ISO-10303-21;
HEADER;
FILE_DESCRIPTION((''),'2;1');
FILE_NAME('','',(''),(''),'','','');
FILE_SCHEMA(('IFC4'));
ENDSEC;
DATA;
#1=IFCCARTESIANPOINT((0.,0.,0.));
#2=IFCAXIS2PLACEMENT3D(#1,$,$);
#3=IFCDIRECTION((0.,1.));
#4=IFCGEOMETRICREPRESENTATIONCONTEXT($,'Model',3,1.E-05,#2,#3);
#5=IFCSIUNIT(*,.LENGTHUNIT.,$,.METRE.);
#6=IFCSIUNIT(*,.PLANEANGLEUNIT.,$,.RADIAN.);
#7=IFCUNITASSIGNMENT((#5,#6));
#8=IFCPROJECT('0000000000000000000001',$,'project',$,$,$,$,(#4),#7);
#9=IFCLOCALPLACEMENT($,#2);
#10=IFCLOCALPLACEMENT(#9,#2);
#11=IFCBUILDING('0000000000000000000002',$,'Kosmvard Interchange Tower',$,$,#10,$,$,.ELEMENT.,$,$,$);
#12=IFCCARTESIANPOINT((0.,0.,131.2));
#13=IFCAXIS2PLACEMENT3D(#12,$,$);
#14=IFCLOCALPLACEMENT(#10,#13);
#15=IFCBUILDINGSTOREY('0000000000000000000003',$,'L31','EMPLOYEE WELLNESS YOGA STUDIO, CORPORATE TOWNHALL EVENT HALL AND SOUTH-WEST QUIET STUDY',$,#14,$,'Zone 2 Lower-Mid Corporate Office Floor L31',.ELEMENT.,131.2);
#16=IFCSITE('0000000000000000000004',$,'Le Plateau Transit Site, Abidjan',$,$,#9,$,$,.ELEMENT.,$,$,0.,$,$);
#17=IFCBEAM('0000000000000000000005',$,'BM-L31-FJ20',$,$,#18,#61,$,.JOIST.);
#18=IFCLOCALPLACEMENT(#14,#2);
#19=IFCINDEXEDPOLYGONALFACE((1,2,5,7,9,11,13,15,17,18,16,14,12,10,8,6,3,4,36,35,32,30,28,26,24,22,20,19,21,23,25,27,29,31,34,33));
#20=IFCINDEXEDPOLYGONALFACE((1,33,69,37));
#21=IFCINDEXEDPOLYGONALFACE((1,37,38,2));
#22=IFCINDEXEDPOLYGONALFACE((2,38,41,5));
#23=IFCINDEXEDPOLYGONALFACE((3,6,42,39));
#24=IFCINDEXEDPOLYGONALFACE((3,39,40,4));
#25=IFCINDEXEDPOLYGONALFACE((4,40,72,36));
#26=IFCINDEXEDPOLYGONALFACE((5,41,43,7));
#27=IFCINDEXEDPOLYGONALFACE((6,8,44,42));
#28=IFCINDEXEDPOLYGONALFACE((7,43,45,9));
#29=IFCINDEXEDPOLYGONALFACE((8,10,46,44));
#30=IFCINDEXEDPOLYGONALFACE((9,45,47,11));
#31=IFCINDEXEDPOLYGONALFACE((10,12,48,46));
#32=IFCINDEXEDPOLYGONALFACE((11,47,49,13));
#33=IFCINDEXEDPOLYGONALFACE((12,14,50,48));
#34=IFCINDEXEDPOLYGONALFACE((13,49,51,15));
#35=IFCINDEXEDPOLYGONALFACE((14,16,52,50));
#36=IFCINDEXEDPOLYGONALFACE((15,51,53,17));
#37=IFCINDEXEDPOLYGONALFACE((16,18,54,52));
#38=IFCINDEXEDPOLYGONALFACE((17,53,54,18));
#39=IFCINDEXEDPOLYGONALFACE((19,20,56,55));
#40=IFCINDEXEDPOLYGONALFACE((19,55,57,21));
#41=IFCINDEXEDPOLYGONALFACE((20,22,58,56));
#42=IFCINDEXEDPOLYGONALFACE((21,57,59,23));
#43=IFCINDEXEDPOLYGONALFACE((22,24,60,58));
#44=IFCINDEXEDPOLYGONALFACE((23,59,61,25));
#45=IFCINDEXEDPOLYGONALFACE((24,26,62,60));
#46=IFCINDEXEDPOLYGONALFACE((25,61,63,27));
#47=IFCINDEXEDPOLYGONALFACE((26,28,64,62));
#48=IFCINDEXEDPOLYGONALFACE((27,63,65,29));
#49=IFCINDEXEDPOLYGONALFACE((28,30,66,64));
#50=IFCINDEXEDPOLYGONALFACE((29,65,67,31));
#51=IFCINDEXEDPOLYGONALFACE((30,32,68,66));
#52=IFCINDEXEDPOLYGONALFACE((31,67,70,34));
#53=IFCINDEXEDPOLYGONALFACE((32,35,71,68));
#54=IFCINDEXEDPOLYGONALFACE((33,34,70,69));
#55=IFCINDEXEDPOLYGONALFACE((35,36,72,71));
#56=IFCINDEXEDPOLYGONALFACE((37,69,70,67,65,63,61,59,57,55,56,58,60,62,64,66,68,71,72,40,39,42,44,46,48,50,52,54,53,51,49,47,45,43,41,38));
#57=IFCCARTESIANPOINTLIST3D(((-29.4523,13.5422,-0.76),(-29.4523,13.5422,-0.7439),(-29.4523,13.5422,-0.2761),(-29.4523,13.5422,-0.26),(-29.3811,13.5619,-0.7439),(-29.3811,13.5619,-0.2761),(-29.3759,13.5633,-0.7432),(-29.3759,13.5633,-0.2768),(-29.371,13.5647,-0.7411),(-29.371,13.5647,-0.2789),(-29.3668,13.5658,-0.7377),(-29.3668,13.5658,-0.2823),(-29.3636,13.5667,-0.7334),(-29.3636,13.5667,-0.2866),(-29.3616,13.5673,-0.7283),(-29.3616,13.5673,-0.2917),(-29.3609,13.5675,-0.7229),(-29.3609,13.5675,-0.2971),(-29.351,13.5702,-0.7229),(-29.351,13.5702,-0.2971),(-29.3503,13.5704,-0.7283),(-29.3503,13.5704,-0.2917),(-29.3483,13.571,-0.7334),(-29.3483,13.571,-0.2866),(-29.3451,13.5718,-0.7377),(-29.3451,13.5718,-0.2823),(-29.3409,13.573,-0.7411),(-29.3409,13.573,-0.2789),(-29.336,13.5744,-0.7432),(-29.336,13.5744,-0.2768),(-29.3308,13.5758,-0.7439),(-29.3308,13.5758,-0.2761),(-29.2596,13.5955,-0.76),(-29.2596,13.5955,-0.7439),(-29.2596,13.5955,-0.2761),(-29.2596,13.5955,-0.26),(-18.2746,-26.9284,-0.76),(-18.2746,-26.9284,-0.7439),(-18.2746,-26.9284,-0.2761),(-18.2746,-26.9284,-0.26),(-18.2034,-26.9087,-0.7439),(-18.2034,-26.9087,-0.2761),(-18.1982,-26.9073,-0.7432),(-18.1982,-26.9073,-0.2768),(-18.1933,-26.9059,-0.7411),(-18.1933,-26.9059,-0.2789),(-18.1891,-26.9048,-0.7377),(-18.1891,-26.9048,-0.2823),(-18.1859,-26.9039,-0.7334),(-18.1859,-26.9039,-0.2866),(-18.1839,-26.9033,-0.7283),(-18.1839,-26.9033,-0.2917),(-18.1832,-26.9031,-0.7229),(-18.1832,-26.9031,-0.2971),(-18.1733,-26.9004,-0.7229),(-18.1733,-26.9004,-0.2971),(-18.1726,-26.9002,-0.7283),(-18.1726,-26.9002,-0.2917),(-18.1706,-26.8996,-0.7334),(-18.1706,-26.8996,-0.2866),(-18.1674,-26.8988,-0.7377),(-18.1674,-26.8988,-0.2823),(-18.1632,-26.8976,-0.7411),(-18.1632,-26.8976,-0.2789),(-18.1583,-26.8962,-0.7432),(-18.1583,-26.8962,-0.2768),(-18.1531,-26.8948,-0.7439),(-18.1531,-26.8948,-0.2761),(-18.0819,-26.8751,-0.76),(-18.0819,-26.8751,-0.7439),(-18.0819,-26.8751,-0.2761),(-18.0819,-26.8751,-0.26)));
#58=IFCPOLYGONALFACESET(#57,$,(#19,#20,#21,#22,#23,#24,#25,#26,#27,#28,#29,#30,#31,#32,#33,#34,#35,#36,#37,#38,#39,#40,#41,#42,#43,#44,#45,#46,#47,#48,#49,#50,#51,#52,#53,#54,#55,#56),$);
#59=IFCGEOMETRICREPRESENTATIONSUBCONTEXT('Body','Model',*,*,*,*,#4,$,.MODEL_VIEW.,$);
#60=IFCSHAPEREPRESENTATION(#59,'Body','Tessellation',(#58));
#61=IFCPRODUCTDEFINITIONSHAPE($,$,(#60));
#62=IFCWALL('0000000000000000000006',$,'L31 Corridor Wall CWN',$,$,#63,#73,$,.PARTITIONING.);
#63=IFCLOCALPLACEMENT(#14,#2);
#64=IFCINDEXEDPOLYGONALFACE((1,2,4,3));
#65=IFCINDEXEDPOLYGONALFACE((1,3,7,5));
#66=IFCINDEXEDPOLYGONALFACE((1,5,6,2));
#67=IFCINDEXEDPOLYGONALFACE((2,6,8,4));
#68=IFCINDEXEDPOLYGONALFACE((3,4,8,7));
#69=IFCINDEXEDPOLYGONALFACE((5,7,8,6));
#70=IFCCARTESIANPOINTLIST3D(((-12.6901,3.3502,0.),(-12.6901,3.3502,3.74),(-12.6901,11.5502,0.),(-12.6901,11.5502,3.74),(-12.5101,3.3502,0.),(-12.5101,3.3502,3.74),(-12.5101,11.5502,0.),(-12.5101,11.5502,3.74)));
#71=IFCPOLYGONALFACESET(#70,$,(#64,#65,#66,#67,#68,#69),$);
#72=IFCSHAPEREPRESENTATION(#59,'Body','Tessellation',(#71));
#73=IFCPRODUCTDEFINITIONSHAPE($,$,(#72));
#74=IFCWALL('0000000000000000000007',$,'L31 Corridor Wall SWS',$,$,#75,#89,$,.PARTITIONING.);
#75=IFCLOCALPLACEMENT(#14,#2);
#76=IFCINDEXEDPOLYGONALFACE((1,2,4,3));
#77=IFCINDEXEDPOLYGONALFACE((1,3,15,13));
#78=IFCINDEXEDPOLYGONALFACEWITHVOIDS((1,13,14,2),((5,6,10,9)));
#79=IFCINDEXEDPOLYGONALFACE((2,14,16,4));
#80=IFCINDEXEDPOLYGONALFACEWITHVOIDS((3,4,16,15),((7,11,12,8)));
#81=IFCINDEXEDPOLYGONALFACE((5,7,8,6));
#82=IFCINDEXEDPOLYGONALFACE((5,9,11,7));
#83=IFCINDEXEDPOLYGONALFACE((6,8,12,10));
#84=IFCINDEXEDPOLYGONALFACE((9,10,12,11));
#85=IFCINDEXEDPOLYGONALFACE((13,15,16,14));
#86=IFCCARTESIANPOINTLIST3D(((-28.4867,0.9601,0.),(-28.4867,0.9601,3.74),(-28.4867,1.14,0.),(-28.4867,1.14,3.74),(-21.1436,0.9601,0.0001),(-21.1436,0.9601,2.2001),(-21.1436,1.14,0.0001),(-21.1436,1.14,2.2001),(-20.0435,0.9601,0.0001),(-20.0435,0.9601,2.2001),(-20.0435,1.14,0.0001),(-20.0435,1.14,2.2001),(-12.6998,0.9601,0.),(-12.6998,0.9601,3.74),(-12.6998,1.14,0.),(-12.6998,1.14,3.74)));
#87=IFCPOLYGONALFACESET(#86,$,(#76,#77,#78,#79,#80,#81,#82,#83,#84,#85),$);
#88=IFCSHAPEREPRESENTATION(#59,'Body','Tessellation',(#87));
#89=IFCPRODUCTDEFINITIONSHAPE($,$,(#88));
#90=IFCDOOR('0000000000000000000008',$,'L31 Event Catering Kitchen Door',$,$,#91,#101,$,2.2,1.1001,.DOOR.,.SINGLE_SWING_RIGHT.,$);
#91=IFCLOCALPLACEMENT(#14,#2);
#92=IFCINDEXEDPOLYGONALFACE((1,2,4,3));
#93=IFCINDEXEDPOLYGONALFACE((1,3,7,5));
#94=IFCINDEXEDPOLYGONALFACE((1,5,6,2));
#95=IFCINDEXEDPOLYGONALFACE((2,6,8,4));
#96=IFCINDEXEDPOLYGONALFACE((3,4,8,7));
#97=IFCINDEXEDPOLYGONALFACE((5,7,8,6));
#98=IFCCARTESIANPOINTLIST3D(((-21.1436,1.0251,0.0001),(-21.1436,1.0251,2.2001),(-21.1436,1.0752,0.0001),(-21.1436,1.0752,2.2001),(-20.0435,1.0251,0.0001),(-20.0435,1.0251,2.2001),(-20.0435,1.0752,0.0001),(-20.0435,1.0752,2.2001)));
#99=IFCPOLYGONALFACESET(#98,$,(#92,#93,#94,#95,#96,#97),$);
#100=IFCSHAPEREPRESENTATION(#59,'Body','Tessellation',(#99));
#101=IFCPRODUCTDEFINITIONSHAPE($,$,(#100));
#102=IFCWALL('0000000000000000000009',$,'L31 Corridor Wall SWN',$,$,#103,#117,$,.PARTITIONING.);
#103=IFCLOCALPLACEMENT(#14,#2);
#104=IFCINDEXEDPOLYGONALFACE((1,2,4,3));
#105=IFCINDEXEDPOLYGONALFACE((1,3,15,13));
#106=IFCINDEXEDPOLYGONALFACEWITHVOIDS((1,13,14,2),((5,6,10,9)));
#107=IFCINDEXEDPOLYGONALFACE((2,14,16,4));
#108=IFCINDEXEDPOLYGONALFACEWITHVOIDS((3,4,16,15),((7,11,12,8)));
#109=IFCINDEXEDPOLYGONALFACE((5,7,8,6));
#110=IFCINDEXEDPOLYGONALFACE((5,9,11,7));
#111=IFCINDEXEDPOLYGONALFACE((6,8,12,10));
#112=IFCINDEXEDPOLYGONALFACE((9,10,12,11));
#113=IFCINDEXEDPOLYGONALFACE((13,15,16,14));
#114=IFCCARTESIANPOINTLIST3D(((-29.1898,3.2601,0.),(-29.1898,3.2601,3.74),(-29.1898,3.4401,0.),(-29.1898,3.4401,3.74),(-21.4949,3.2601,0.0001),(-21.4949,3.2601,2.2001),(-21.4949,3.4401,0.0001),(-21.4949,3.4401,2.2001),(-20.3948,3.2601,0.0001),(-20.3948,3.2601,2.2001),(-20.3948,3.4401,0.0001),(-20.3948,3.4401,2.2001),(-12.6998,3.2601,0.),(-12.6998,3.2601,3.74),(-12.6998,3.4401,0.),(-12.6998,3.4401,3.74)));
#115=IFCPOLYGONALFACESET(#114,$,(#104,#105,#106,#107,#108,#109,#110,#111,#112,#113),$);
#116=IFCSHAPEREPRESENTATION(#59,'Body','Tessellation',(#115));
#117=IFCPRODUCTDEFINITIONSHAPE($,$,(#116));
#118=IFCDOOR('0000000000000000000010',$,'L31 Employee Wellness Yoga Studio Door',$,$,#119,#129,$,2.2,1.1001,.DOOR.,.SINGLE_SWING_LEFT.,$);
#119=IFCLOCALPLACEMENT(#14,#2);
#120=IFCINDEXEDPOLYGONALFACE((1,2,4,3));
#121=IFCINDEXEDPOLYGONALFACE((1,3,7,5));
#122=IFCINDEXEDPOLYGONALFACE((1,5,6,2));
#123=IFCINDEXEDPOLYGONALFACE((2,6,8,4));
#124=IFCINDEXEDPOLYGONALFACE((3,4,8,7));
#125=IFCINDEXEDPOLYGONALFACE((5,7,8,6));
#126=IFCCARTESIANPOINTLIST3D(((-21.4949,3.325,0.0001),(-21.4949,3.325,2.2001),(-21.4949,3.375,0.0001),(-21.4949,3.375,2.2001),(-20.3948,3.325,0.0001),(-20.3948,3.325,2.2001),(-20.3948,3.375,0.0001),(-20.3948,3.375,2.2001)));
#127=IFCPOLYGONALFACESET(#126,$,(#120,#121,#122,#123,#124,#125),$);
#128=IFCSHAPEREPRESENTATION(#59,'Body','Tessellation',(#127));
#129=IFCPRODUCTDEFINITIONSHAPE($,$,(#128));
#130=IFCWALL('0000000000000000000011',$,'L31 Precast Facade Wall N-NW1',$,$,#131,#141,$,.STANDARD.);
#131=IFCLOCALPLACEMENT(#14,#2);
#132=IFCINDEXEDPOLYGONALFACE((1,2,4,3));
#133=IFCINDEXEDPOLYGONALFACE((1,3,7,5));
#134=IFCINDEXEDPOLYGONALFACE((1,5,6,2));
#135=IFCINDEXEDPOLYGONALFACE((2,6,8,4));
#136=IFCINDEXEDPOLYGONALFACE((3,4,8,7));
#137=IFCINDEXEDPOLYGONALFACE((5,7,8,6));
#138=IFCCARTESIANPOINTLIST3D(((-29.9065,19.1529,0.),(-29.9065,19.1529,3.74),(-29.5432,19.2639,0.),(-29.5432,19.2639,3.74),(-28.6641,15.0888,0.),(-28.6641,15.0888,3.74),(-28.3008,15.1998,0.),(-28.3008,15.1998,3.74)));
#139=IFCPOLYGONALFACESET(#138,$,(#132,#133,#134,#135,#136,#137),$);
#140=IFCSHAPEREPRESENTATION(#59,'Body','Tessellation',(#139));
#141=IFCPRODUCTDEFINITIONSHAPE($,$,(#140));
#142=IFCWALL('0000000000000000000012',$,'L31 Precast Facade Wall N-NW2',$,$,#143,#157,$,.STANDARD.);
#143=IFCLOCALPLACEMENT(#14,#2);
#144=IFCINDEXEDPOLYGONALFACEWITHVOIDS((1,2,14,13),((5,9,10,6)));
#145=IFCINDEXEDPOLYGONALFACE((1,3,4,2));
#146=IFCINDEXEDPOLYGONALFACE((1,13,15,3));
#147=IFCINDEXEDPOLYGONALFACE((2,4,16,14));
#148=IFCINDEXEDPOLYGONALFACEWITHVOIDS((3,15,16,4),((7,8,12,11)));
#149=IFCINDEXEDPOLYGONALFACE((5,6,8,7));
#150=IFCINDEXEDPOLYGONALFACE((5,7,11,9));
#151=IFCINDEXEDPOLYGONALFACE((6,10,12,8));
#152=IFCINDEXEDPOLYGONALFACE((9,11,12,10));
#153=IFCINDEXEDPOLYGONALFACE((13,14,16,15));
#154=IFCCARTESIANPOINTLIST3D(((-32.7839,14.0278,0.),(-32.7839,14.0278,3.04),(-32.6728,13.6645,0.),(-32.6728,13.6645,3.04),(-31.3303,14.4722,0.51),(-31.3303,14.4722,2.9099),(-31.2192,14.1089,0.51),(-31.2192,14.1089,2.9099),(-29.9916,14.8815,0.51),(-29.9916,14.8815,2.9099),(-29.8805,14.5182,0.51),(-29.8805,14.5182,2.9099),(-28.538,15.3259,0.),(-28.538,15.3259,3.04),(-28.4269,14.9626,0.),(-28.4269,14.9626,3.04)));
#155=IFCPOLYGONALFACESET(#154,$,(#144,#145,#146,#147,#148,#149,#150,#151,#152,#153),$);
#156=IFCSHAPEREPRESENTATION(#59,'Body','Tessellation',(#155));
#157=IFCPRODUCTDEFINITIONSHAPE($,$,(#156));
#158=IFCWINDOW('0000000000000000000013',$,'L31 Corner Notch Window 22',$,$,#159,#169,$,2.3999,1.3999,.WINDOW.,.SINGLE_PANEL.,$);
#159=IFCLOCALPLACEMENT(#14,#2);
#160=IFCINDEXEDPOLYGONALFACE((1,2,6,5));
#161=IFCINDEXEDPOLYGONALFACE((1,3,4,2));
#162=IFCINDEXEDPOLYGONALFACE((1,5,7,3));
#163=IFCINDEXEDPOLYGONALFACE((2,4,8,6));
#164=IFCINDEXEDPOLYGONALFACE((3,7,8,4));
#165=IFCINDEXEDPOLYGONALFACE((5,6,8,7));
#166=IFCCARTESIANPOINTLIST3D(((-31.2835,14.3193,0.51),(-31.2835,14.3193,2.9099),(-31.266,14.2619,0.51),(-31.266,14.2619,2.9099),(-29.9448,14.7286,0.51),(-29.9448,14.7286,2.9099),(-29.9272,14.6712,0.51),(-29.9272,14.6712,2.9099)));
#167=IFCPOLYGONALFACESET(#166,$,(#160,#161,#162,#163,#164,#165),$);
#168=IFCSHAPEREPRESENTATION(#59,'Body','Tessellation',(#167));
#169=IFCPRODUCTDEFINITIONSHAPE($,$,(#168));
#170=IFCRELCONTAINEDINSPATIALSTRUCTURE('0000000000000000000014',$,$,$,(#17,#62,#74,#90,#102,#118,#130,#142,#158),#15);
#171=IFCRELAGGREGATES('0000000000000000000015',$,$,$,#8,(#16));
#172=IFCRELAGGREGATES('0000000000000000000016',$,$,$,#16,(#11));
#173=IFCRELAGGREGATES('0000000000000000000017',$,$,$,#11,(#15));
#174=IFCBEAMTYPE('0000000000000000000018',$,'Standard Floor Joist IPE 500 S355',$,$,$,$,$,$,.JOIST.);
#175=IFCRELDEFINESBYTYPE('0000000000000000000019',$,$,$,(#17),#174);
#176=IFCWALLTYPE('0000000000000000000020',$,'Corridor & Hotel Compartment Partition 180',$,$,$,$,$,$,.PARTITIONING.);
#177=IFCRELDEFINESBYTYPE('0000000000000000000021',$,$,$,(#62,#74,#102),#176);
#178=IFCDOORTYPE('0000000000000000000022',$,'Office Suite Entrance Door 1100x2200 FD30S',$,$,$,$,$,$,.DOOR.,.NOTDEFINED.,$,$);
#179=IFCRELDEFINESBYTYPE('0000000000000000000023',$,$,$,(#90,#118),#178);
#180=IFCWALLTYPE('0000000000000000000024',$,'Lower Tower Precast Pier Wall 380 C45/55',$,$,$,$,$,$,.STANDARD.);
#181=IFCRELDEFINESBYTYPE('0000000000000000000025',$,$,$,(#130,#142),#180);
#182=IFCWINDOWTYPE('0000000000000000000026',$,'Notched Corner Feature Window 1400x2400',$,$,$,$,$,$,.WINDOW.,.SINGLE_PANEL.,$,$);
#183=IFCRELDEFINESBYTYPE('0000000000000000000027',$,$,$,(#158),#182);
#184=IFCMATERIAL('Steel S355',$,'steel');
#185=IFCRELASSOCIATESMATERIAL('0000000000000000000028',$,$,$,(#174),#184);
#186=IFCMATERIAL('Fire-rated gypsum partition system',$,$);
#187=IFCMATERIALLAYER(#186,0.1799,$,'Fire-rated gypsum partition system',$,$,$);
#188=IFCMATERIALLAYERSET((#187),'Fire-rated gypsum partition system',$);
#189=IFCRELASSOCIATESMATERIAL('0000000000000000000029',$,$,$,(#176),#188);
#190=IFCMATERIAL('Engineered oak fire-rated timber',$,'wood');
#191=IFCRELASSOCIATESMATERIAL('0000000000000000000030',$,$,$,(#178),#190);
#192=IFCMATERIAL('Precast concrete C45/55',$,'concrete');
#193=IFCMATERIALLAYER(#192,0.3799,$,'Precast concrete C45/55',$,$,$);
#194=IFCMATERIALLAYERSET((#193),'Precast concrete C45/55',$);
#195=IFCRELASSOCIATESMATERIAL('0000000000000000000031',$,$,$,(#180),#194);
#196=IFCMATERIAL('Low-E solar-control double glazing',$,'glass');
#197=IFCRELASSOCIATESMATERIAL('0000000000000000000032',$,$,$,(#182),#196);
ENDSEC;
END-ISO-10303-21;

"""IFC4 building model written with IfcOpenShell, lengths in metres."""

from ifc_helpers import new_model, si_unit, direction, frame, frame_2d, origin, origin_2d, place, context, subcontext, project, spatial, rectangle, i_section, extrude, source, transform, mapped, material, layer, layer_set, material_profile, profile_set, type_object, element, fill, save


model = new_model("IFC4")

# Units and contexts
model_context = context("Model", 3, precision=1e-05, world=origin(), true_north=direction((0.0, 1.0)))
body_context = subcontext(model_context, "Body", "Model", "MODEL_VIEW")
ifc_project = project(units=[si_unit("LENGTHUNIT", "METRE"), si_unit("PLANEANGLEUNIT", "RADIAN")], contexts=[model_context])

# Site, building, storey
site_placement = place(None, origin())
site = spatial("IfcSite", under=ifc_project, at=site_placement, Name="Le Plateau Transit Site, Abidjan", CompositionType="ELEMENT", RefElevation=0.0)
building_placement = place(site_placement, origin())
building = spatial("IfcBuilding", under=site, at=building_placement, Name="Kosmvard Interchange Tower", CompositionType="ELEMENT")
storey_placement = place(building_placement, frame((0.0, 0.0, 131.2)))
storey = spatial("IfcBuildingStorey", under=building, at=storey_placement, Name="L31", Description="EMPLOYEE WELLNESS YOGA STUDIO, CORPORATE TOWNHALL EVENT HALL AND SOUTH-WEST QUIET STUDY", LongName="Zone 2 Lower-Mid Corporate Office Floor L31", CompositionType="ELEMENT", Elevation=131.2)

# Beam
ifc_material_1 = material(Name="Steel S355", Category="steel")
ifc_material_2 = material(Name="Precast concrete C45/55", Category="concrete")
ifc_material_profile_1 = material_profile(ifc_material_1, i_section(OverallWidth=0.2, OverallDepth=0.5, WebThickness=0.0103, FlangeThickness=0.0161, FilletRadius=0.021, at=origin_2d()), Name="IPE 500")
ifc_profile_set_1 = profile_set([ifc_material_profile_1], Name="Steel S355")
beam_type_1 = type_object("IfcBeamType", Name="Standard Floor Joist IPE 500 S355", PredefinedType="JOIST", material=ifc_profile_set_1)
shared_shape_1 = source(origin(), body_context, "Body", "SweptSolid", [
    extrude(i_section(OverallWidth=0.2, OverallDepth=0.5, WebThickness=0.0103, FlangeThickness=0.0161, FilletRadius=0.021, at=origin_2d()), origin(), (0.0, 0.0, 1.0), 41.9858),
])
beam_1_placement = place(storey_placement, frame((-29.356, 13.5688, -0.51), z_axis=(0.266226, -0.963911, 0.0), x_axis=(0.963911, 0.266226, 0.0)))
element("IfcBeam", 1, at=beam_1_placement, inside=storey, type_object=beam_type_1, Name="BM-L31-FJ20", PredefinedType="JOIST", context=body_context, shape_type="MappedRepresentation", body=[
    mapped(shared_shape_1, transform((0.0, 0.0, 0.0), scale=1.0)),
])

# Wall
ifc_material_3 = material(Name="Fire-rated gypsum partition system")
ifc_layer_1 = layer(ifc_material_3, 0.1799, Name="Fire-rated gypsum partition system")
ifc_layer_set_1 = layer_set([ifc_layer_1], Name="Fire-rated gypsum partition system")
wall_type_1 = type_object("IfcWallType", Name="Corridor & Hotel Compartment Partition 180", PredefinedType="PARTITIONING", material=ifc_layer_set_1)
wall_1_placement = place(storey_placement, frame((-12.6001, 3.3501, 0.0), z_axis=(0.0, 0.0, 1.0), x_axis=(0.0, 1.0, 0.0)))
element("IfcWall", 2, at=wall_1_placement, inside=storey, type_object=wall_type_1, Name="L31 Corridor Wall CWN", PredefinedType="PARTITIONING", context=body_context, shape_type="SweptSolid", body=[
    extrude(rectangle(XDim=8.2, YDim=0.1799, at=frame_2d((4.1001, 0.0))), origin(), (0.0, 0.0, 1.0), 3.74),
])

# Walls, openings, doors
wall_2_placement = place(storey_placement, frame((-28.4868, 1.05, 0.0), z_axis=(0.0, 0.0, 1.0), x_axis=(1.0, 0.0, 0.0)))
wall_2 = element("IfcWall", 3, at=wall_2_placement, inside=storey, type_object=wall_type_1, Name="L31 Corridor Wall SWS", PredefinedType="PARTITIONING", context=body_context, shape_type="SweptSolid", body=[
    extrude(rectangle(XDim=15.7869, YDim=0.1799, at=frame_2d((7.8936, 0.0))), origin(), (0.0, 0.0, 1.0), 3.74),
])
opening_1_placement = place(wall_2_placement, frame((7.3433, 0.0, 0.0)))
opening_1 = element("IfcOpeningElement", 4, at=opening_1_placement, cuts=wall_2, PredefinedType="OPENING", context=body_context, shape_type="SweptSolid", body=[
    extrude(rectangle(XDim=1.1001, YDim=2.2, at=frame_2d((0.55, 1.1001))), frame((0.0, 0.1001, 0.0), z_axis=(0.0, -1.0, 0.0), x_axis=(1.0, 0.0, 0.0)), (0.0, 0.0, 1.0), 0.2),
])
ifc_material_4 = material(Name="Engineered oak fire-rated timber", Category="wood")
door_type_1 = type_object("IfcDoorType", Name="Office Suite Entrance Door 1100x2200 FD30S", OperationType="NOTDEFINED", PredefinedType="DOOR", material=ifc_material_4)
shared_shape_2 = source(origin(), body_context, "Body", "SweptSolid", [
    extrude(rectangle(XDim=1.1001, YDim=2.2, at=frame_2d((0.55, 1.1001))), frame((0.0, 0.0249, 0.0), z_axis=(0.0, -1.0, 0.0), x_axis=(1.0, 0.0, 0.0)), (0.0, 0.0, 1.0), 0.05),
])
door_1_placement = place(opening_1_placement, frame((1.1001, 0.0, 0.0), z_axis=(0.0, 0.0, 1.0), x_axis=(-1.0, 0.0, 0.0)))
door_1 = element("IfcDoor", 5, at=door_1_placement, inside=storey, type_object=door_type_1, Name="L31 Event Catering Kitchen Door", OperationType="SINGLE_SWING_RIGHT", OverallHeight=2.2, OverallWidth=1.1001, PredefinedType="DOOR", context=body_context, shape_type="MappedRepresentation", body=[
    mapped(shared_shape_2, transform((0.0, 0.0, 0.0), scale=1.0)),
])
fill(opening_1, door_1)
wall_3_placement = place(storey_placement, frame((-29.1899, 3.3501, 0.0), z_axis=(0.0, 0.0, 1.0), x_axis=(1.0, 0.0, 0.0)))
wall_3 = element("IfcWall", 6, at=wall_3_placement, inside=storey, type_object=wall_type_1, Name="L31 Corridor Wall SWN", PredefinedType="PARTITIONING", context=body_context, shape_type="SweptSolid", body=[
    extrude(rectangle(XDim=16.49, YDim=0.1799, at=frame_2d((8.2451, 0.0))), origin(), (0.0, 0.0, 1.0), 3.74),
])
opening_2_placement = place(wall_3_placement, frame((7.6951, 0.0, 0.0)))
opening_2 = element("IfcOpeningElement", 7, at=opening_2_placement, cuts=wall_3, PredefinedType="OPENING", context=body_context, shape_type="SweptSolid", body=[
    extrude(rectangle(XDim=1.1001, YDim=2.2, at=frame_2d((0.55, 1.1001))), frame((0.0, 0.1001, 0.0), z_axis=(0.0, -1.0, 0.0), x_axis=(1.0, 0.0, 0.0)), (0.0, 0.0, 1.0), 0.2),
])
door_2_placement = place(opening_2_placement, origin())
door_2 = element("IfcDoor", 8, at=door_2_placement, inside=storey, type_object=door_type_1, Name="L31 Employee Wellness Yoga Studio Door", OperationType="SINGLE_SWING_LEFT", OverallHeight=2.2, OverallWidth=1.1001, PredefinedType="DOOR", context=body_context, shape_type="MappedRepresentation", body=[
    mapped(shared_shape_2, transform((0.0, 0.0, 0.0), scale=1.0)),
])
fill(opening_2, door_2)

# Wall
ifc_layer_2 = layer(ifc_material_2, 0.3799, Name="Precast concrete C45/55")
ifc_layer_set_2 = layer_set([ifc_layer_2], Name="Precast concrete C45/55")
wall_type_2 = type_object("IfcWallType", Name="Lower Tower Precast Pier Wall 380 C45/55", PredefinedType="STANDARD", material=ifc_layer_set_2)
wall_4_placement = place(storey_placement, frame((-29.7249, 19.2085, 0.0), z_axis=(0.0, 0.0, 1.0), x_axis=(0.292346, -0.956313, 0.0)))
element("IfcWall", 9, at=wall_4_placement, inside=storey, type_object=wall_type_2, Name="L31 Precast Facade Wall N-NW1", PredefinedType="STANDARD", context=body_context, shape_type="SweptSolid", body=[
    extrude(rectangle(XDim=4.2498, YDim=0.3799, at=frame_2d((2.125, 0.0))), origin(), (0.0, 0.0, 1.0), 3.74),
])

# Wall, opening, window
wall_5_placement = place(storey_placement, frame((-28.4824, 15.1443, 0.0), z_axis=(0.0, 0.0, 1.0), x_axis=(-0.956304, -0.292374, 0.0)))
wall_5 = element("IfcWall", 10, at=wall_5_placement, inside=storey, type_object=wall_type_2, Name="L31 Precast Facade Wall N-NW2", PredefinedType="STANDARD", context=body_context, shape_type="SweptSolid", body=[
    extrude(rectangle(XDim=4.4399, YDim=0.3799, at=frame_2d((2.22, 0.0))), origin(), (0.0, 0.0, 1.0), 3.04),
])
opening_3_placement = place(wall_5_placement, frame((1.52, 0.0, 0.51)))
opening_3 = element("IfcOpeningElement", 11, at=opening_3_placement, cuts=wall_5, PredefinedType="OPENING", context=body_context, shape_type="SweptSolid", body=[
    extrude(rectangle(XDim=1.3999, YDim=2.3999, at=frame_2d((0.7, 1.2))), frame((0.0, 0.2, 0.0), z_axis=(0.0, -1.0, 0.0), x_axis=(1.0, 0.0, 0.0)), (0.0, 0.0, 1.0), 0.3999),
])
ifc_material_5 = material(Name="Low-E solar-control double glazing", Category="glass")
window_type_1 = type_object("IfcWindowType", Name="Notched Corner Feature Window 1400x2400", PartitioningType="SINGLE_PANEL", PredefinedType="WINDOW", material=ifc_material_5)
shared_shape_3 = source(origin(), body_context, "Body", "SweptSolid", [
    extrude(rectangle(XDim=1.3999, YDim=2.3999, at=frame_2d((0.7, 1.2))), frame((0.0, 0.03, 0.0), z_axis=(0.0, -1.0, 0.0), x_axis=(1.0, 0.0, 0.0)), (0.0, 0.0, 1.0), 0.0601),
])
window_1_placement = place(opening_3_placement, origin())
window_1 = element("IfcWindow", 12, at=window_1_placement, inside=storey, type_object=window_type_1, Name="L31 Corner Notch Window 22", OverallHeight=2.3999, OverallWidth=1.3999, PartitioningType="SINGLE_PANEL", PredefinedType="WINDOW", context=body_context, shape_type="MappedRepresentation", body=[
    mapped(shared_shape_3, transform((0.0, 0.0, 0.0), scale=1.0)),
])
fill(opening_3, window_1)

save(model, "model.ifc")
